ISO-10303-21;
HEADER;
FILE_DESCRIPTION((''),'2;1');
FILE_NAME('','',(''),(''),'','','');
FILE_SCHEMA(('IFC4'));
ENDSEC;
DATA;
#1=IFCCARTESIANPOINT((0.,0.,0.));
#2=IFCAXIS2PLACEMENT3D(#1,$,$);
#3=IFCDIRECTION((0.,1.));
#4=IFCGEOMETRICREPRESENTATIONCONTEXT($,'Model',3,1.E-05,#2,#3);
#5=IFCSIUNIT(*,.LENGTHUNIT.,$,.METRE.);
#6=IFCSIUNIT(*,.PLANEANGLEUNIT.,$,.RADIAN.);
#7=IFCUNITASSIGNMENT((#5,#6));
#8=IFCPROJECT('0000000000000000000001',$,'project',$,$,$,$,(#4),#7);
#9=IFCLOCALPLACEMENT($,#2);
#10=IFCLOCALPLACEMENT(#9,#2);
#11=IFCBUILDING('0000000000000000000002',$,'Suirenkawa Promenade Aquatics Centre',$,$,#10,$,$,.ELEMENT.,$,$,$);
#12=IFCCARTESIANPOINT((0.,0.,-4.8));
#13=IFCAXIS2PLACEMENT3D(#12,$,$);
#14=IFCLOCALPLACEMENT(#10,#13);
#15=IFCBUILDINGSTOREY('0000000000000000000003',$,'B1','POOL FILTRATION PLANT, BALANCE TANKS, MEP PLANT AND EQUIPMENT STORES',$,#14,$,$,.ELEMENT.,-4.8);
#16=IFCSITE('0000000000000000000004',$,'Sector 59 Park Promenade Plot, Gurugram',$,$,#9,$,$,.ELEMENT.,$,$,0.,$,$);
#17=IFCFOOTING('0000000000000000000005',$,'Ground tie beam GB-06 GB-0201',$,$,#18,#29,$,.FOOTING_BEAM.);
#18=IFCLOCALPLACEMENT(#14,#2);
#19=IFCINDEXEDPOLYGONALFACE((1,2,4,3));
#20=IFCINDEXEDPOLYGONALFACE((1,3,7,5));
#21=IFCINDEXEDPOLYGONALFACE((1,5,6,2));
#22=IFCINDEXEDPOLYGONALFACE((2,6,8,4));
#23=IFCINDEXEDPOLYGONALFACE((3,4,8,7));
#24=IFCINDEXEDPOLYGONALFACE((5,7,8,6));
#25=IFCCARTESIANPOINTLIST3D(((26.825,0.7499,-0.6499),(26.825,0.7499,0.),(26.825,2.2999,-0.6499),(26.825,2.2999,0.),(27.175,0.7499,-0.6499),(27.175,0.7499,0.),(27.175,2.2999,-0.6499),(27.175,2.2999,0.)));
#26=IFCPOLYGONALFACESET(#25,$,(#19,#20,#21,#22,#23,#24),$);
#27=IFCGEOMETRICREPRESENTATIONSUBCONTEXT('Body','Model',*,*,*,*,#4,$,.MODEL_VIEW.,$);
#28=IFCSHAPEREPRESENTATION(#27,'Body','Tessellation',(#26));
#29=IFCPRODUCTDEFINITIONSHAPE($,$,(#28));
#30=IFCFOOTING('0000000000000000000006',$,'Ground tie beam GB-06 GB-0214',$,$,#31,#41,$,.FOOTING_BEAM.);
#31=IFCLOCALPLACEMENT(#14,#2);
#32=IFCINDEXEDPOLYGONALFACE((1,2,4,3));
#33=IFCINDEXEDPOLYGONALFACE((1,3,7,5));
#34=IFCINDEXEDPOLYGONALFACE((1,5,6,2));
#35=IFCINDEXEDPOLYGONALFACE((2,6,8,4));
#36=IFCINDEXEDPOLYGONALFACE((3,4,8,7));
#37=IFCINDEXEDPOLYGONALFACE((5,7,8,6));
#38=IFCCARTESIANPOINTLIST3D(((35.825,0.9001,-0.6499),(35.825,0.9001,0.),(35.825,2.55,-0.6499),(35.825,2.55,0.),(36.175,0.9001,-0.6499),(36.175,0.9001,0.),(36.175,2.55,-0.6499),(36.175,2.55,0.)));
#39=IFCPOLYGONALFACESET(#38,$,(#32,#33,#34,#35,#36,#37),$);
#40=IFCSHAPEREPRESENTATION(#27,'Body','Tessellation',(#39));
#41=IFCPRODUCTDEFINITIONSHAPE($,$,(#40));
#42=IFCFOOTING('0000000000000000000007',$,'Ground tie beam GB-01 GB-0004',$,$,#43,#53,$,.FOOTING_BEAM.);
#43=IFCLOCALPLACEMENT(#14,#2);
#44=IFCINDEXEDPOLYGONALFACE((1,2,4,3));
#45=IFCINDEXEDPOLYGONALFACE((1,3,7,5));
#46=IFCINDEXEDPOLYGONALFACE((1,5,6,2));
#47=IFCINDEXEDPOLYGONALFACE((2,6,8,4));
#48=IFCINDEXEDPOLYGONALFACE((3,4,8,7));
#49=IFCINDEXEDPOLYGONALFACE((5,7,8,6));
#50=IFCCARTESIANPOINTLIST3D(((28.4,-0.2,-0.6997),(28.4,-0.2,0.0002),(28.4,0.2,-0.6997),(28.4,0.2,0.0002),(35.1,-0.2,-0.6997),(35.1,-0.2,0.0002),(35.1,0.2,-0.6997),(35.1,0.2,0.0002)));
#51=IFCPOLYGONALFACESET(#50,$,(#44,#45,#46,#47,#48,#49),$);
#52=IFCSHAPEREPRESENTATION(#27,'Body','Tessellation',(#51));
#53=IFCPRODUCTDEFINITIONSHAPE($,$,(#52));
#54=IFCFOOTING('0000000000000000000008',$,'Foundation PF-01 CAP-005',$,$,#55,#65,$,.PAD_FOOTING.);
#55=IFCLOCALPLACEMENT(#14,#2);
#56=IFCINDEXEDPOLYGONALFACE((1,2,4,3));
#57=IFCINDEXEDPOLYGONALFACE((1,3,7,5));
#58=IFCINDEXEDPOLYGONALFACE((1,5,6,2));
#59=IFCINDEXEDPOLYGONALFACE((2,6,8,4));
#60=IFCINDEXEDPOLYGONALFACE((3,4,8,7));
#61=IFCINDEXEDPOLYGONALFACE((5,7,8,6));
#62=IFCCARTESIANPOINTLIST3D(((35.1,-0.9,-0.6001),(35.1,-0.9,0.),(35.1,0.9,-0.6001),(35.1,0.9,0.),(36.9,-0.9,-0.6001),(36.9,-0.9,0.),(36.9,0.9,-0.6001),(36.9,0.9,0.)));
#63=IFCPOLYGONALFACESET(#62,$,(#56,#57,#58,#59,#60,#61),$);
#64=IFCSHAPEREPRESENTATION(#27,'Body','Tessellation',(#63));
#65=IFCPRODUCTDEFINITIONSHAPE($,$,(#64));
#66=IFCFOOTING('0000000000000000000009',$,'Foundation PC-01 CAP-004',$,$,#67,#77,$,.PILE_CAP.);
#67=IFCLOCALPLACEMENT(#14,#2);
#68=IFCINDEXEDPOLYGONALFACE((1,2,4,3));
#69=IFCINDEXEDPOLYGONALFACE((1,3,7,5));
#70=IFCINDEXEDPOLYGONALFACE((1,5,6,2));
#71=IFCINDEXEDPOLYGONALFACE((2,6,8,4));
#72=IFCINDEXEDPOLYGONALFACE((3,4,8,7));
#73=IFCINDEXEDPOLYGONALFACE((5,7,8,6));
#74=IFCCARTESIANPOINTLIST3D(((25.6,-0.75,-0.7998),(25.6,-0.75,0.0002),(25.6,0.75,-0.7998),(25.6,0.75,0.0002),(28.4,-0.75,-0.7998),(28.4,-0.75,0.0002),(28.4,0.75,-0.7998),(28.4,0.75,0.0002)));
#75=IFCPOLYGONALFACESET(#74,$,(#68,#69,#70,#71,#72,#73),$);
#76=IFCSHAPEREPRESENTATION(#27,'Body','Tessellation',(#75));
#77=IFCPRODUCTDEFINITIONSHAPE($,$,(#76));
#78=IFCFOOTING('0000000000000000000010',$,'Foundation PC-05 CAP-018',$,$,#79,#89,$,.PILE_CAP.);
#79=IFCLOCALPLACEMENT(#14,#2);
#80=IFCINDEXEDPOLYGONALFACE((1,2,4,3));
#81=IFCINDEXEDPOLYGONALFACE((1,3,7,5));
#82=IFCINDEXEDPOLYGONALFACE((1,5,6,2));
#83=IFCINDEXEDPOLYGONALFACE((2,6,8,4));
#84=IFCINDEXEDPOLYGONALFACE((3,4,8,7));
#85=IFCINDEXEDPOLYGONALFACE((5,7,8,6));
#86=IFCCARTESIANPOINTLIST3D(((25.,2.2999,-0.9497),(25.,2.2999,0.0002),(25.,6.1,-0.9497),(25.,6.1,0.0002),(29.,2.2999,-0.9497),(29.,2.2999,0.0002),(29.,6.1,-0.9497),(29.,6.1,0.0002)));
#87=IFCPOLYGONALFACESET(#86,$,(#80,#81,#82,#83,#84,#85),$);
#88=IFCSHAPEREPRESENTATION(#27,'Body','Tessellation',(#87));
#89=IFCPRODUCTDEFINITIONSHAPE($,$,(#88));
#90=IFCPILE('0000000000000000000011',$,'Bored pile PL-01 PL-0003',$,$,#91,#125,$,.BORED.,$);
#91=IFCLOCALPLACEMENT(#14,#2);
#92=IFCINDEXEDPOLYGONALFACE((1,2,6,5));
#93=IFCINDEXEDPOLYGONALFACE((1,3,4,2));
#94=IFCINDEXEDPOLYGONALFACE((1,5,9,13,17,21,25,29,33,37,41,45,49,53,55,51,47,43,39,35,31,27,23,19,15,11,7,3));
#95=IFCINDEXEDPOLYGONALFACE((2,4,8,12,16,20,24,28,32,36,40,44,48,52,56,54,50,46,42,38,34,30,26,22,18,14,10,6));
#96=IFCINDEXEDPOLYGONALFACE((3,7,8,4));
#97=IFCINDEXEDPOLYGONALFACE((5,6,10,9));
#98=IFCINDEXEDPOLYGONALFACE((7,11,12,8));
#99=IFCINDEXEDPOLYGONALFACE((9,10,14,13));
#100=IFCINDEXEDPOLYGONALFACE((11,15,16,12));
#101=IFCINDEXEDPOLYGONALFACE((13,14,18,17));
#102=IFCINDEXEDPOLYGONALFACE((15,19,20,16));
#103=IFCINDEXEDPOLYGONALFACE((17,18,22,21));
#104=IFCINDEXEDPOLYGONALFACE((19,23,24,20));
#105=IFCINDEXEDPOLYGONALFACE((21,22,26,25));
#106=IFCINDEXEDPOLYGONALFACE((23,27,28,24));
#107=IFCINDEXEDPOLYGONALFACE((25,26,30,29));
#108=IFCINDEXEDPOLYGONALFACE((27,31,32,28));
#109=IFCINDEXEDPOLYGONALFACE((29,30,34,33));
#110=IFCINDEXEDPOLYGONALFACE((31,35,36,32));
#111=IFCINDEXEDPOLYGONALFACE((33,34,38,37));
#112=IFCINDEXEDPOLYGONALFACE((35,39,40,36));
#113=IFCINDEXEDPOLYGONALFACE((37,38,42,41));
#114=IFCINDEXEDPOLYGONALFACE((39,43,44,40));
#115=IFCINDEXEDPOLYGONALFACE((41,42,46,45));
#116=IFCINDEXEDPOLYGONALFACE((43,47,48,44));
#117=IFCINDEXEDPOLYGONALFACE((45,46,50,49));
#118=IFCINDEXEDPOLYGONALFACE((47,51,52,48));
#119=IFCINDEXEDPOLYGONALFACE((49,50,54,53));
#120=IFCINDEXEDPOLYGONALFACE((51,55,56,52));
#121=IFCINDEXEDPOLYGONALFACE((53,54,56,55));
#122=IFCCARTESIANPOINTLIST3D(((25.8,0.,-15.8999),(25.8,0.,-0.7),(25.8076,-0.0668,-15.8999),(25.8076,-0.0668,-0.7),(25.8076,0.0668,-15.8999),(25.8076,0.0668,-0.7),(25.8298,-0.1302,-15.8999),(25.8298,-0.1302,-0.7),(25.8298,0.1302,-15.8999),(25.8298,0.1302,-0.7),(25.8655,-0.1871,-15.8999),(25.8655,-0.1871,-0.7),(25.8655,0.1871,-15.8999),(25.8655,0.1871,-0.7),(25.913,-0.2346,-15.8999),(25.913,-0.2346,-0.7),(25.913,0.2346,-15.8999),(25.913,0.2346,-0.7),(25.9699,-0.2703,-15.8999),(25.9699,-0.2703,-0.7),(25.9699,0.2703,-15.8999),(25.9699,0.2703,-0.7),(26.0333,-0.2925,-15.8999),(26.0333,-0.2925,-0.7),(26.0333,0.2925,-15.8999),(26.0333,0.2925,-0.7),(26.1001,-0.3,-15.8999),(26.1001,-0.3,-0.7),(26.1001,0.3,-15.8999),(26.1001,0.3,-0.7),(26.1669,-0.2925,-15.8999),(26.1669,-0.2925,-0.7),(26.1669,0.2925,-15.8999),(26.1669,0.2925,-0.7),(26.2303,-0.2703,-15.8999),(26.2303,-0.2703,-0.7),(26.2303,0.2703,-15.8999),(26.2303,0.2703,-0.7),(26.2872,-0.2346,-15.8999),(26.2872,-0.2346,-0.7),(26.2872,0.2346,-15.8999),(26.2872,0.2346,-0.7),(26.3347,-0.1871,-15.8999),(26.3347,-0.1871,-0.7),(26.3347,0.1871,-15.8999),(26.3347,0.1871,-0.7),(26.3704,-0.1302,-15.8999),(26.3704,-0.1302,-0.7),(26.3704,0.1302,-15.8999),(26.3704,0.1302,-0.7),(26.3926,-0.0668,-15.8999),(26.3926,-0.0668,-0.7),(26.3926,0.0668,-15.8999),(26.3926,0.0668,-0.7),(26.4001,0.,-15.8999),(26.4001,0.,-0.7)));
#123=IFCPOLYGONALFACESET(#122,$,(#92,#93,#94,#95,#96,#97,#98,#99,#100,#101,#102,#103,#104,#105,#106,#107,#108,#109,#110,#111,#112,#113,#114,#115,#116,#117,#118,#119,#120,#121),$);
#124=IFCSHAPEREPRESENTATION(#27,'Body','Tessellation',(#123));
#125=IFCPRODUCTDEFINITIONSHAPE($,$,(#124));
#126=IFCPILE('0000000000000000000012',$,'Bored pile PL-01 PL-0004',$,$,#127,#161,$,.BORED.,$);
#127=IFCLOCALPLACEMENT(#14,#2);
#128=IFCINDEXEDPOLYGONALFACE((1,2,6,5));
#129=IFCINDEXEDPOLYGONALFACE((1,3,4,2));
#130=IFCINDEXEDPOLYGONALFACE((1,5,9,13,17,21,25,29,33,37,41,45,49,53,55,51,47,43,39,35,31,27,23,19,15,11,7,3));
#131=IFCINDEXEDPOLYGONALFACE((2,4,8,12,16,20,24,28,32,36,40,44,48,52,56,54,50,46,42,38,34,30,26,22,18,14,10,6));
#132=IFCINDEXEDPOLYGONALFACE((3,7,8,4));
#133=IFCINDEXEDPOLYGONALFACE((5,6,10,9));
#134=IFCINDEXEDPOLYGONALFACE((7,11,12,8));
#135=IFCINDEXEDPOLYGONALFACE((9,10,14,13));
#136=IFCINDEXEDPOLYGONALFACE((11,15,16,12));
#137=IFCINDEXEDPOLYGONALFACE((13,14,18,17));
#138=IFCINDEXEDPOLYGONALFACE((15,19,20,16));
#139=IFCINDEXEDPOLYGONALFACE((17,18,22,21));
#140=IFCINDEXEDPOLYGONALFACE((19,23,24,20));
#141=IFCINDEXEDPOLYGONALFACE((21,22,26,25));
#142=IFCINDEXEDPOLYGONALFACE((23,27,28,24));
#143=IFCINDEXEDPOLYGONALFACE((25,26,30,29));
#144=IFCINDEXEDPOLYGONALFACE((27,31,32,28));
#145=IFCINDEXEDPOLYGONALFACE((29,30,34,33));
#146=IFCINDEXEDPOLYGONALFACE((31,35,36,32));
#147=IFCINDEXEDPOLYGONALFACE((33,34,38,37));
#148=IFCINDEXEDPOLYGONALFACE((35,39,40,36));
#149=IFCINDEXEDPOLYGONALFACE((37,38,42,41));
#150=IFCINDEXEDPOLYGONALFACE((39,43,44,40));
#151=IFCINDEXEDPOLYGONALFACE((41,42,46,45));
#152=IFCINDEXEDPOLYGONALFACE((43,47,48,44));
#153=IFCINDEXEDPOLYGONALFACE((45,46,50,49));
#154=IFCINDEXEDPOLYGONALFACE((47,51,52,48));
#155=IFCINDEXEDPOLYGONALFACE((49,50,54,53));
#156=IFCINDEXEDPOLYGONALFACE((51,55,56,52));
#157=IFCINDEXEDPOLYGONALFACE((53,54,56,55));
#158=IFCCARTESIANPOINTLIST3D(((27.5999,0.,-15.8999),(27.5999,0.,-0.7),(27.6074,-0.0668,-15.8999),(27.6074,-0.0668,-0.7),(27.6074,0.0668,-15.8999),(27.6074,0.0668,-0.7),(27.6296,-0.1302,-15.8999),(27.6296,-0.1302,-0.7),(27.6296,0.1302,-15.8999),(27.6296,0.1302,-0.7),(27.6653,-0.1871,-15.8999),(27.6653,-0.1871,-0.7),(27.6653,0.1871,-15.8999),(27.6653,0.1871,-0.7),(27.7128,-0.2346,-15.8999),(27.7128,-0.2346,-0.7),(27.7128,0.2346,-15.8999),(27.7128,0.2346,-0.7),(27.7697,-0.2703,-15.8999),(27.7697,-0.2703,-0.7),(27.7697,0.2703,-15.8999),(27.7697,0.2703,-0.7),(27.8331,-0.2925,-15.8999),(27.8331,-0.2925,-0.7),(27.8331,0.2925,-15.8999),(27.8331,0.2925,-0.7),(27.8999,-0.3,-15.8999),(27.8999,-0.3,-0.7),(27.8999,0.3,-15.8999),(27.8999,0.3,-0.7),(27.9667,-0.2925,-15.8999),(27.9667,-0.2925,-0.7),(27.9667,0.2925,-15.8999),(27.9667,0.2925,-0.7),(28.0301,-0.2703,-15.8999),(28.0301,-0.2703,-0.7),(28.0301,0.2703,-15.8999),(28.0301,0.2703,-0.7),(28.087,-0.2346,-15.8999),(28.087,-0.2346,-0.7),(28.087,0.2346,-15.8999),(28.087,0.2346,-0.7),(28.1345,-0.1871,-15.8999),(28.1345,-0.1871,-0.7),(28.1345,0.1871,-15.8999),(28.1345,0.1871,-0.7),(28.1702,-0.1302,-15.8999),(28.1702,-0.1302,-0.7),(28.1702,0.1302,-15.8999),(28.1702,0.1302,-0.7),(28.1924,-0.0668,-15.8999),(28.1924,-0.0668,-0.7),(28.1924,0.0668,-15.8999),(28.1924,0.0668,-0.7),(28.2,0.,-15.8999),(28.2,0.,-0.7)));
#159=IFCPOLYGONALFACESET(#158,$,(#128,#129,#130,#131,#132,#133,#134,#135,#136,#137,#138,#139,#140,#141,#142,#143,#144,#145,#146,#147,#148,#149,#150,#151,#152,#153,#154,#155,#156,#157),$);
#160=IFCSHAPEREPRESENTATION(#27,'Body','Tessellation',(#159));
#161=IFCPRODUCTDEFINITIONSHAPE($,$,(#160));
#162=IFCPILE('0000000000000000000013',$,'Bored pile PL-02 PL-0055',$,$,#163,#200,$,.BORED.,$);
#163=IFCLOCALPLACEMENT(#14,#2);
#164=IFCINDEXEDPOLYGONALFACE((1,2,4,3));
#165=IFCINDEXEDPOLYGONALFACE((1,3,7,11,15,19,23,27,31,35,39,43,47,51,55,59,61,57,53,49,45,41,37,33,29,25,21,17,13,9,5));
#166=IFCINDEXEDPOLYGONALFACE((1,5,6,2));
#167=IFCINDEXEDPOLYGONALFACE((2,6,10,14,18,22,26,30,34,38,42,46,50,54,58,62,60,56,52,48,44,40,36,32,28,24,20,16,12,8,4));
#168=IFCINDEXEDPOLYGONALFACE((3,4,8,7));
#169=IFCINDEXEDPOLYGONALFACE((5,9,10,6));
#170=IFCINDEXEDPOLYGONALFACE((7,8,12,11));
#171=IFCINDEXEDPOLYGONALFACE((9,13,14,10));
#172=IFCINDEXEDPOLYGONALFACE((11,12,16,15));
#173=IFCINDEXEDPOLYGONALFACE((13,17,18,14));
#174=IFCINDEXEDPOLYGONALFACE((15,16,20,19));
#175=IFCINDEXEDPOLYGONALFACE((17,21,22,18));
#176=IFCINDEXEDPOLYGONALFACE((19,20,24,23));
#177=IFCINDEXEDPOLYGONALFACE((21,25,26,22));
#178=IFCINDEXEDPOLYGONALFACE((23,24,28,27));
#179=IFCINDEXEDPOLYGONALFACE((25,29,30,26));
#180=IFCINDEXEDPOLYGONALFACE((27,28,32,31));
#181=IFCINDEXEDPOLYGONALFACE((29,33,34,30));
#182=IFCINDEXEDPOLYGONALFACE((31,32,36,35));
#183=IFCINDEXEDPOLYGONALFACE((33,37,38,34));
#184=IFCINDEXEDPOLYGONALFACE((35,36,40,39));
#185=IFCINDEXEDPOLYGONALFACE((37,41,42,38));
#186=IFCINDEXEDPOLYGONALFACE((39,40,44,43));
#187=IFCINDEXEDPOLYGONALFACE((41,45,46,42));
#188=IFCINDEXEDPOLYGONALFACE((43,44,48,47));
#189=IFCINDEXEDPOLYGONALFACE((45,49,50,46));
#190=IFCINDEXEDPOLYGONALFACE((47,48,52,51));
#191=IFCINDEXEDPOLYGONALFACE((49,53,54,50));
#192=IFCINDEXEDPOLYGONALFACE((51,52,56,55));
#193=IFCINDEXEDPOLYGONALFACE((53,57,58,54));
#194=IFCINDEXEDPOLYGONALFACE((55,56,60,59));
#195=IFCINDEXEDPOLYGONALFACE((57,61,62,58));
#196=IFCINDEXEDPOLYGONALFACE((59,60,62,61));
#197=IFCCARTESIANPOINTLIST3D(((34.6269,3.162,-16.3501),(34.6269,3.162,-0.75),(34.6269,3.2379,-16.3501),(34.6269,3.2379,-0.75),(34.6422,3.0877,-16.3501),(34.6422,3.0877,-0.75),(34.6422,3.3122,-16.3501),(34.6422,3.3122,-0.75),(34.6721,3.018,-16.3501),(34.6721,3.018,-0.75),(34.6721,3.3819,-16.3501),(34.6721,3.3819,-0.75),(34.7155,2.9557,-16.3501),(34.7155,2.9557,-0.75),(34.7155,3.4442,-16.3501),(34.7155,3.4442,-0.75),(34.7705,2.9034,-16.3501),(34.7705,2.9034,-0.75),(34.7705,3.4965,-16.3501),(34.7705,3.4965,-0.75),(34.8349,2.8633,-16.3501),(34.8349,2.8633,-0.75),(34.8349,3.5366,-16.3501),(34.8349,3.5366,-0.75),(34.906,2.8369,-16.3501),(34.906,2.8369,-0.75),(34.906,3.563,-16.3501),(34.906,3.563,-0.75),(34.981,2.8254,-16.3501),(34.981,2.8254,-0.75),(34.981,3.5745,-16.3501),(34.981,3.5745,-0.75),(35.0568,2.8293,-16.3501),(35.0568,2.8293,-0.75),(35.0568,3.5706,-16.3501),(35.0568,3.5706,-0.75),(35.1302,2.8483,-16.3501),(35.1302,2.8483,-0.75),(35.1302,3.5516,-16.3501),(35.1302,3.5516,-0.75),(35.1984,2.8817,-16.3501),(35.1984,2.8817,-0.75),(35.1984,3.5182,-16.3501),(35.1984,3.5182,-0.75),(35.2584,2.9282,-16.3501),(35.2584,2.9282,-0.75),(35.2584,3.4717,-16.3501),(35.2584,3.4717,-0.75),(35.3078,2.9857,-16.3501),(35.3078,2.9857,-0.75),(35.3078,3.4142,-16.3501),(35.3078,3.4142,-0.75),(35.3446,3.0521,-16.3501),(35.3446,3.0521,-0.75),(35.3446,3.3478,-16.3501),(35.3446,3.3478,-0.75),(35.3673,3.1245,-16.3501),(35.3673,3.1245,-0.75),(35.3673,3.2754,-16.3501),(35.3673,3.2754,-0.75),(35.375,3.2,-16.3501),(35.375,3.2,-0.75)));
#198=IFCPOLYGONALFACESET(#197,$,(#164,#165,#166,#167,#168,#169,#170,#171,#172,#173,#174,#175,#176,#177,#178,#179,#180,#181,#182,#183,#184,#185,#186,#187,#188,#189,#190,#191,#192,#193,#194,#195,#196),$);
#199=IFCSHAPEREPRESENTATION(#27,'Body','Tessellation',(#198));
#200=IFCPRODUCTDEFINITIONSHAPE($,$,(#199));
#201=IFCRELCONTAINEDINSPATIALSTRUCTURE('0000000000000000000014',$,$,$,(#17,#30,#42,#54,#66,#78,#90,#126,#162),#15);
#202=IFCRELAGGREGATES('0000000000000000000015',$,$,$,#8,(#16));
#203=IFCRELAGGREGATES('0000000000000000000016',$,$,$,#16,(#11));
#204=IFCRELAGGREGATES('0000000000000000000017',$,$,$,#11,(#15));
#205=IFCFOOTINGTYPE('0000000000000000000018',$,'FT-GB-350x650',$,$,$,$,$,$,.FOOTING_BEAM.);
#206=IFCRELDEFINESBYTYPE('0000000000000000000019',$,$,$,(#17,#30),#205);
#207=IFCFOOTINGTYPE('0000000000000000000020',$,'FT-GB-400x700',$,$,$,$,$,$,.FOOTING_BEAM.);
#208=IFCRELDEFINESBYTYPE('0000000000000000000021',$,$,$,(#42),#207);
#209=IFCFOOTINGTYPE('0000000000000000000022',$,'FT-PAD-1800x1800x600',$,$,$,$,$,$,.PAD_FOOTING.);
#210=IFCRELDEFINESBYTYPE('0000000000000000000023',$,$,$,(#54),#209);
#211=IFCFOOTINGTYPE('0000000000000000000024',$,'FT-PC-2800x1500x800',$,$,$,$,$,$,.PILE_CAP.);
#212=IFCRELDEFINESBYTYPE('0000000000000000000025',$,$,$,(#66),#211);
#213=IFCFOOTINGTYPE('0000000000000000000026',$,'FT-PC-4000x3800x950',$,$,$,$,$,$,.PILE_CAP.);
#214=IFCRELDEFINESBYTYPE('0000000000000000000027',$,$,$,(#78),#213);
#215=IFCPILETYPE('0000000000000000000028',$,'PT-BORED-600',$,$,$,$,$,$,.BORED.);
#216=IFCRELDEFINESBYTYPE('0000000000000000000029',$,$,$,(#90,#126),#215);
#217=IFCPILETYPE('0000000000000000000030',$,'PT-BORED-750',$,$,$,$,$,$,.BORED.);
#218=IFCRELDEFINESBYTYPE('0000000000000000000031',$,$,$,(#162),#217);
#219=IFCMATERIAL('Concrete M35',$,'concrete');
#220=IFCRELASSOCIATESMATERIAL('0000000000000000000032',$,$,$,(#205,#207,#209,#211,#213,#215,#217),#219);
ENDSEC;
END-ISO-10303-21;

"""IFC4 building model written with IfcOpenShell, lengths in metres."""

from ifc_helpers import new_model, si_unit, direction, frame, origin, origin_2d, place, context, subcontext, project, spatial, rectangle, circle, extrude, material, material_profile, profile_set, type_object, element, save


model = new_model("IFC4")

# Units and contexts
model_context = context("Model", 3, precision=1e-05, world=origin(), true_north=direction((0.0, 1.0)))
body_context = subcontext(model_context, "Body", "Model", "MODEL_VIEW")
ifc_project = project(units=[si_unit("LENGTHUNIT", "METRE"), si_unit("PLANEANGLEUNIT", "RADIAN")], contexts=[model_context])

# Site, building, storey
site_placement = place(None, origin())
site = spatial("IfcSite", under=ifc_project, at=site_placement, Name="Sector 59 Park Promenade Plot, Gurugram", CompositionType="ELEMENT", RefElevation=0.0)
building_placement = place(site_placement, origin())
building = spatial("IfcBuilding", under=site, at=building_placement, Name="Suirenkawa Promenade Aquatics Centre", CompositionType="ELEMENT")
storey_placement = place(building_placement, frame((0.0, 0.0, -4.8)))
storey = spatial("IfcBuildingStorey", under=building, at=storey_placement, Name="B1", Description="POOL FILTRATION PLANT, BALANCE TANKS, MEP PLANT AND EQUIPMENT STORES", CompositionType="ELEMENT", Elevation=-4.8)

# Footings
ifc_material_1 = material(Name="Concrete M35", Category="concrete")
footing_type_1 = type_object("IfcFootingType", Name="FT-GB-350x650", PredefinedType="FOOTING_BEAM", material=ifc_material_1)
footing_1_placement = place(storey_placement, frame((27.0, 1.5249, -0.6499), z_axis=(0.0, 0.0, 1.0), x_axis=(0.0, 1.0, 0.0)))
element("IfcFooting", 1, at=footing_1_placement, inside=storey, type_object=footing_type_1, Name="Ground tie beam GB-06 GB-0201", PredefinedType="FOOTING_BEAM", context=body_context, shape_type="SweptSolid", body=[
    extrude(rectangle(XDim=1.55, YDim=0.3501, at=origin_2d()), origin(), (0.0, 0.0, 1.0), 0.6499),
])
footing_2_placement = place(storey_placement, frame((36.0, 1.7251, -0.6499), z_axis=(0.0, 0.0, 1.0), x_axis=(0.0, 1.0, 0.0)))
element("IfcFooting", 2, at=footing_2_placement, inside=storey, type_object=footing_type_1, Name="Ground tie beam GB-06 GB-0214", PredefinedType="FOOTING_BEAM", context=body_context, shape_type="SweptSolid", body=[
    extrude(rectangle(XDim=1.6499, YDim=0.3501, at=origin_2d()), origin(), (0.0, 0.0, 1.0), 0.6499),
])
footing_type_2 = type_object("IfcFootingType", Name="FT-GB-400x700", PredefinedType="FOOTING_BEAM", material=ifc_material_1)
footing_3_placement = place(storey_placement, frame((31.75, 0.0, -0.6997), z_axis=(0.0, 0.0, 1.0), x_axis=(1.0, 0.0, 0.0)))
element("IfcFooting", 3, at=footing_3_placement, inside=storey, type_object=footing_type_2, Name="Ground tie beam GB-01 GB-0004", PredefinedType="FOOTING_BEAM", context=body_context, shape_type="SweptSolid", body=[
    extrude(rectangle(XDim=6.7, YDim=0.3999, at=origin_2d()), origin(), (0.0, 0.0, 1.0), 0.7),
])
footing_type_3 = type_object("IfcFootingType", Name="FT-PAD-1800x1800x600", PredefinedType="PAD_FOOTING", material=ifc_material_1)
footing_4_placement = place(storey_placement, frame((36.0, 0.0, -0.6001), z_axis=(0.0, 0.0, 1.0), x_axis=(1.0, 0.0, 0.0)))
element("IfcFooting", 4, at=footing_4_placement, inside=storey, type_object=footing_type_3, Name="Foundation PF-01 CAP-005", PredefinedType="PAD_FOOTING", context=body_context, shape_type="SweptSolid", body=[
    extrude(rectangle(XDim=1.8, YDim=1.8, at=origin_2d()), origin(), (0.0, 0.0, 1.0), 0.6001),
])
footing_type_4 = type_object("IfcFootingType", Name="FT-PC-2800x1500x800", PredefinedType="PILE_CAP", material=ifc_material_1)
footing_5_placement = place(storey_placement, frame((27.0, 0.0, -0.7998), z_axis=(0.0, 0.0, 1.0), x_axis=(1.0, 0.0, 0.0)))
element("IfcFooting", 5, at=footing_5_placement, inside=storey, type_object=footing_type_4, Name="Foundation PC-01 CAP-004", PredefinedType="PILE_CAP", context=body_context, shape_type="SweptSolid", body=[
    extrude(rectangle(XDim=2.8, YDim=1.5, at=origin_2d()), origin(), (0.0, 0.0, 1.0), 0.8),
])
footing_type_5 = type_object("IfcFootingType", Name="FT-PC-4000x3800x950", PredefinedType="PILE_CAP", material=ifc_material_1)
footing_6_placement = place(storey_placement, frame((27.0, 4.2, -0.9497), z_axis=(0.0, 0.0, 1.0), x_axis=(1.0, 0.0, 0.0)))
element("IfcFooting", 6, at=footing_6_placement, inside=storey, type_object=footing_type_5, Name="Foundation PC-05 CAP-018", PredefinedType="PILE_CAP", context=body_context, shape_type="SweptSolid", body=[
    extrude(rectangle(XDim=4.0, YDim=3.8, at=origin_2d()), origin(), (0.0, 0.0, 1.0), 0.95),
])

# Piles
ifc_material_profile_1 = material_profile(ifc_material_1, circle(Radius=0.3, at=origin_2d()), Name="PILE D600", Category="concrete")
ifc_profile_set_1 = profile_set([ifc_material_profile_1], Name="Concrete M35")
pile_type_1 = type_object("IfcPileType", Name="PT-BORED-600", PredefinedType="BORED", material=ifc_profile_set_1)
for number, where, z_axis, x_axis, name in (
    (7, (26.1001, 0.0, -0.7), (0.0, 0.0, -1.0), (1.0, 0.0, 0.0), "Bored pile PL-01 PL-0003"),
    (8, (27.8999, 0.0, -0.7), (0.0, 0.0, -1.0), (1.0, 0.0, 0.0), "Bored pile PL-01 PL-0004"),
):
    element("IfcPile", number, at=place(storey_placement, frame(where, z_axis=z_axis, x_axis=x_axis)), inside=storey, type_object=pile_type_1, Name=name, PredefinedType="BORED", context=body_context, shape_type="SweptSolid", body=[
        extrude(circle(Radius=0.3, at=origin_2d()), origin(), (0.0, 0.0, 1.0), 15.2),
    ])
ifc_material_profile_2 = material_profile(ifc_material_1, circle(Radius=0.375, at=origin_2d()), Name="PILE D750", Category="concrete")
ifc_profile_set_2 = profile_set([ifc_material_profile_2], Name="Concrete M35")
pile_type_2 = type_object("IfcPileType", Name="PT-BORED-750", PredefinedType="BORED", material=ifc_profile_set_2)
pile_placement = place(storey_placement, frame((35.0, 3.2, -0.75), z_axis=(0.0, 0.0, -1.0), x_axis=(1.0, 0.0, 0.0)))
element("IfcPile", 9, at=pile_placement, inside=storey, type_object=pile_type_2, Name="Bored pile PL-02 PL-0055", PredefinedType="BORED", context=body_context, shape_type="SweptSolid", body=[
    extrude(circle(Radius=0.375, at=origin_2d()), origin(), (0.0, 0.0, 1.0), 15.6001),
])

save(model, "model.ifc")
